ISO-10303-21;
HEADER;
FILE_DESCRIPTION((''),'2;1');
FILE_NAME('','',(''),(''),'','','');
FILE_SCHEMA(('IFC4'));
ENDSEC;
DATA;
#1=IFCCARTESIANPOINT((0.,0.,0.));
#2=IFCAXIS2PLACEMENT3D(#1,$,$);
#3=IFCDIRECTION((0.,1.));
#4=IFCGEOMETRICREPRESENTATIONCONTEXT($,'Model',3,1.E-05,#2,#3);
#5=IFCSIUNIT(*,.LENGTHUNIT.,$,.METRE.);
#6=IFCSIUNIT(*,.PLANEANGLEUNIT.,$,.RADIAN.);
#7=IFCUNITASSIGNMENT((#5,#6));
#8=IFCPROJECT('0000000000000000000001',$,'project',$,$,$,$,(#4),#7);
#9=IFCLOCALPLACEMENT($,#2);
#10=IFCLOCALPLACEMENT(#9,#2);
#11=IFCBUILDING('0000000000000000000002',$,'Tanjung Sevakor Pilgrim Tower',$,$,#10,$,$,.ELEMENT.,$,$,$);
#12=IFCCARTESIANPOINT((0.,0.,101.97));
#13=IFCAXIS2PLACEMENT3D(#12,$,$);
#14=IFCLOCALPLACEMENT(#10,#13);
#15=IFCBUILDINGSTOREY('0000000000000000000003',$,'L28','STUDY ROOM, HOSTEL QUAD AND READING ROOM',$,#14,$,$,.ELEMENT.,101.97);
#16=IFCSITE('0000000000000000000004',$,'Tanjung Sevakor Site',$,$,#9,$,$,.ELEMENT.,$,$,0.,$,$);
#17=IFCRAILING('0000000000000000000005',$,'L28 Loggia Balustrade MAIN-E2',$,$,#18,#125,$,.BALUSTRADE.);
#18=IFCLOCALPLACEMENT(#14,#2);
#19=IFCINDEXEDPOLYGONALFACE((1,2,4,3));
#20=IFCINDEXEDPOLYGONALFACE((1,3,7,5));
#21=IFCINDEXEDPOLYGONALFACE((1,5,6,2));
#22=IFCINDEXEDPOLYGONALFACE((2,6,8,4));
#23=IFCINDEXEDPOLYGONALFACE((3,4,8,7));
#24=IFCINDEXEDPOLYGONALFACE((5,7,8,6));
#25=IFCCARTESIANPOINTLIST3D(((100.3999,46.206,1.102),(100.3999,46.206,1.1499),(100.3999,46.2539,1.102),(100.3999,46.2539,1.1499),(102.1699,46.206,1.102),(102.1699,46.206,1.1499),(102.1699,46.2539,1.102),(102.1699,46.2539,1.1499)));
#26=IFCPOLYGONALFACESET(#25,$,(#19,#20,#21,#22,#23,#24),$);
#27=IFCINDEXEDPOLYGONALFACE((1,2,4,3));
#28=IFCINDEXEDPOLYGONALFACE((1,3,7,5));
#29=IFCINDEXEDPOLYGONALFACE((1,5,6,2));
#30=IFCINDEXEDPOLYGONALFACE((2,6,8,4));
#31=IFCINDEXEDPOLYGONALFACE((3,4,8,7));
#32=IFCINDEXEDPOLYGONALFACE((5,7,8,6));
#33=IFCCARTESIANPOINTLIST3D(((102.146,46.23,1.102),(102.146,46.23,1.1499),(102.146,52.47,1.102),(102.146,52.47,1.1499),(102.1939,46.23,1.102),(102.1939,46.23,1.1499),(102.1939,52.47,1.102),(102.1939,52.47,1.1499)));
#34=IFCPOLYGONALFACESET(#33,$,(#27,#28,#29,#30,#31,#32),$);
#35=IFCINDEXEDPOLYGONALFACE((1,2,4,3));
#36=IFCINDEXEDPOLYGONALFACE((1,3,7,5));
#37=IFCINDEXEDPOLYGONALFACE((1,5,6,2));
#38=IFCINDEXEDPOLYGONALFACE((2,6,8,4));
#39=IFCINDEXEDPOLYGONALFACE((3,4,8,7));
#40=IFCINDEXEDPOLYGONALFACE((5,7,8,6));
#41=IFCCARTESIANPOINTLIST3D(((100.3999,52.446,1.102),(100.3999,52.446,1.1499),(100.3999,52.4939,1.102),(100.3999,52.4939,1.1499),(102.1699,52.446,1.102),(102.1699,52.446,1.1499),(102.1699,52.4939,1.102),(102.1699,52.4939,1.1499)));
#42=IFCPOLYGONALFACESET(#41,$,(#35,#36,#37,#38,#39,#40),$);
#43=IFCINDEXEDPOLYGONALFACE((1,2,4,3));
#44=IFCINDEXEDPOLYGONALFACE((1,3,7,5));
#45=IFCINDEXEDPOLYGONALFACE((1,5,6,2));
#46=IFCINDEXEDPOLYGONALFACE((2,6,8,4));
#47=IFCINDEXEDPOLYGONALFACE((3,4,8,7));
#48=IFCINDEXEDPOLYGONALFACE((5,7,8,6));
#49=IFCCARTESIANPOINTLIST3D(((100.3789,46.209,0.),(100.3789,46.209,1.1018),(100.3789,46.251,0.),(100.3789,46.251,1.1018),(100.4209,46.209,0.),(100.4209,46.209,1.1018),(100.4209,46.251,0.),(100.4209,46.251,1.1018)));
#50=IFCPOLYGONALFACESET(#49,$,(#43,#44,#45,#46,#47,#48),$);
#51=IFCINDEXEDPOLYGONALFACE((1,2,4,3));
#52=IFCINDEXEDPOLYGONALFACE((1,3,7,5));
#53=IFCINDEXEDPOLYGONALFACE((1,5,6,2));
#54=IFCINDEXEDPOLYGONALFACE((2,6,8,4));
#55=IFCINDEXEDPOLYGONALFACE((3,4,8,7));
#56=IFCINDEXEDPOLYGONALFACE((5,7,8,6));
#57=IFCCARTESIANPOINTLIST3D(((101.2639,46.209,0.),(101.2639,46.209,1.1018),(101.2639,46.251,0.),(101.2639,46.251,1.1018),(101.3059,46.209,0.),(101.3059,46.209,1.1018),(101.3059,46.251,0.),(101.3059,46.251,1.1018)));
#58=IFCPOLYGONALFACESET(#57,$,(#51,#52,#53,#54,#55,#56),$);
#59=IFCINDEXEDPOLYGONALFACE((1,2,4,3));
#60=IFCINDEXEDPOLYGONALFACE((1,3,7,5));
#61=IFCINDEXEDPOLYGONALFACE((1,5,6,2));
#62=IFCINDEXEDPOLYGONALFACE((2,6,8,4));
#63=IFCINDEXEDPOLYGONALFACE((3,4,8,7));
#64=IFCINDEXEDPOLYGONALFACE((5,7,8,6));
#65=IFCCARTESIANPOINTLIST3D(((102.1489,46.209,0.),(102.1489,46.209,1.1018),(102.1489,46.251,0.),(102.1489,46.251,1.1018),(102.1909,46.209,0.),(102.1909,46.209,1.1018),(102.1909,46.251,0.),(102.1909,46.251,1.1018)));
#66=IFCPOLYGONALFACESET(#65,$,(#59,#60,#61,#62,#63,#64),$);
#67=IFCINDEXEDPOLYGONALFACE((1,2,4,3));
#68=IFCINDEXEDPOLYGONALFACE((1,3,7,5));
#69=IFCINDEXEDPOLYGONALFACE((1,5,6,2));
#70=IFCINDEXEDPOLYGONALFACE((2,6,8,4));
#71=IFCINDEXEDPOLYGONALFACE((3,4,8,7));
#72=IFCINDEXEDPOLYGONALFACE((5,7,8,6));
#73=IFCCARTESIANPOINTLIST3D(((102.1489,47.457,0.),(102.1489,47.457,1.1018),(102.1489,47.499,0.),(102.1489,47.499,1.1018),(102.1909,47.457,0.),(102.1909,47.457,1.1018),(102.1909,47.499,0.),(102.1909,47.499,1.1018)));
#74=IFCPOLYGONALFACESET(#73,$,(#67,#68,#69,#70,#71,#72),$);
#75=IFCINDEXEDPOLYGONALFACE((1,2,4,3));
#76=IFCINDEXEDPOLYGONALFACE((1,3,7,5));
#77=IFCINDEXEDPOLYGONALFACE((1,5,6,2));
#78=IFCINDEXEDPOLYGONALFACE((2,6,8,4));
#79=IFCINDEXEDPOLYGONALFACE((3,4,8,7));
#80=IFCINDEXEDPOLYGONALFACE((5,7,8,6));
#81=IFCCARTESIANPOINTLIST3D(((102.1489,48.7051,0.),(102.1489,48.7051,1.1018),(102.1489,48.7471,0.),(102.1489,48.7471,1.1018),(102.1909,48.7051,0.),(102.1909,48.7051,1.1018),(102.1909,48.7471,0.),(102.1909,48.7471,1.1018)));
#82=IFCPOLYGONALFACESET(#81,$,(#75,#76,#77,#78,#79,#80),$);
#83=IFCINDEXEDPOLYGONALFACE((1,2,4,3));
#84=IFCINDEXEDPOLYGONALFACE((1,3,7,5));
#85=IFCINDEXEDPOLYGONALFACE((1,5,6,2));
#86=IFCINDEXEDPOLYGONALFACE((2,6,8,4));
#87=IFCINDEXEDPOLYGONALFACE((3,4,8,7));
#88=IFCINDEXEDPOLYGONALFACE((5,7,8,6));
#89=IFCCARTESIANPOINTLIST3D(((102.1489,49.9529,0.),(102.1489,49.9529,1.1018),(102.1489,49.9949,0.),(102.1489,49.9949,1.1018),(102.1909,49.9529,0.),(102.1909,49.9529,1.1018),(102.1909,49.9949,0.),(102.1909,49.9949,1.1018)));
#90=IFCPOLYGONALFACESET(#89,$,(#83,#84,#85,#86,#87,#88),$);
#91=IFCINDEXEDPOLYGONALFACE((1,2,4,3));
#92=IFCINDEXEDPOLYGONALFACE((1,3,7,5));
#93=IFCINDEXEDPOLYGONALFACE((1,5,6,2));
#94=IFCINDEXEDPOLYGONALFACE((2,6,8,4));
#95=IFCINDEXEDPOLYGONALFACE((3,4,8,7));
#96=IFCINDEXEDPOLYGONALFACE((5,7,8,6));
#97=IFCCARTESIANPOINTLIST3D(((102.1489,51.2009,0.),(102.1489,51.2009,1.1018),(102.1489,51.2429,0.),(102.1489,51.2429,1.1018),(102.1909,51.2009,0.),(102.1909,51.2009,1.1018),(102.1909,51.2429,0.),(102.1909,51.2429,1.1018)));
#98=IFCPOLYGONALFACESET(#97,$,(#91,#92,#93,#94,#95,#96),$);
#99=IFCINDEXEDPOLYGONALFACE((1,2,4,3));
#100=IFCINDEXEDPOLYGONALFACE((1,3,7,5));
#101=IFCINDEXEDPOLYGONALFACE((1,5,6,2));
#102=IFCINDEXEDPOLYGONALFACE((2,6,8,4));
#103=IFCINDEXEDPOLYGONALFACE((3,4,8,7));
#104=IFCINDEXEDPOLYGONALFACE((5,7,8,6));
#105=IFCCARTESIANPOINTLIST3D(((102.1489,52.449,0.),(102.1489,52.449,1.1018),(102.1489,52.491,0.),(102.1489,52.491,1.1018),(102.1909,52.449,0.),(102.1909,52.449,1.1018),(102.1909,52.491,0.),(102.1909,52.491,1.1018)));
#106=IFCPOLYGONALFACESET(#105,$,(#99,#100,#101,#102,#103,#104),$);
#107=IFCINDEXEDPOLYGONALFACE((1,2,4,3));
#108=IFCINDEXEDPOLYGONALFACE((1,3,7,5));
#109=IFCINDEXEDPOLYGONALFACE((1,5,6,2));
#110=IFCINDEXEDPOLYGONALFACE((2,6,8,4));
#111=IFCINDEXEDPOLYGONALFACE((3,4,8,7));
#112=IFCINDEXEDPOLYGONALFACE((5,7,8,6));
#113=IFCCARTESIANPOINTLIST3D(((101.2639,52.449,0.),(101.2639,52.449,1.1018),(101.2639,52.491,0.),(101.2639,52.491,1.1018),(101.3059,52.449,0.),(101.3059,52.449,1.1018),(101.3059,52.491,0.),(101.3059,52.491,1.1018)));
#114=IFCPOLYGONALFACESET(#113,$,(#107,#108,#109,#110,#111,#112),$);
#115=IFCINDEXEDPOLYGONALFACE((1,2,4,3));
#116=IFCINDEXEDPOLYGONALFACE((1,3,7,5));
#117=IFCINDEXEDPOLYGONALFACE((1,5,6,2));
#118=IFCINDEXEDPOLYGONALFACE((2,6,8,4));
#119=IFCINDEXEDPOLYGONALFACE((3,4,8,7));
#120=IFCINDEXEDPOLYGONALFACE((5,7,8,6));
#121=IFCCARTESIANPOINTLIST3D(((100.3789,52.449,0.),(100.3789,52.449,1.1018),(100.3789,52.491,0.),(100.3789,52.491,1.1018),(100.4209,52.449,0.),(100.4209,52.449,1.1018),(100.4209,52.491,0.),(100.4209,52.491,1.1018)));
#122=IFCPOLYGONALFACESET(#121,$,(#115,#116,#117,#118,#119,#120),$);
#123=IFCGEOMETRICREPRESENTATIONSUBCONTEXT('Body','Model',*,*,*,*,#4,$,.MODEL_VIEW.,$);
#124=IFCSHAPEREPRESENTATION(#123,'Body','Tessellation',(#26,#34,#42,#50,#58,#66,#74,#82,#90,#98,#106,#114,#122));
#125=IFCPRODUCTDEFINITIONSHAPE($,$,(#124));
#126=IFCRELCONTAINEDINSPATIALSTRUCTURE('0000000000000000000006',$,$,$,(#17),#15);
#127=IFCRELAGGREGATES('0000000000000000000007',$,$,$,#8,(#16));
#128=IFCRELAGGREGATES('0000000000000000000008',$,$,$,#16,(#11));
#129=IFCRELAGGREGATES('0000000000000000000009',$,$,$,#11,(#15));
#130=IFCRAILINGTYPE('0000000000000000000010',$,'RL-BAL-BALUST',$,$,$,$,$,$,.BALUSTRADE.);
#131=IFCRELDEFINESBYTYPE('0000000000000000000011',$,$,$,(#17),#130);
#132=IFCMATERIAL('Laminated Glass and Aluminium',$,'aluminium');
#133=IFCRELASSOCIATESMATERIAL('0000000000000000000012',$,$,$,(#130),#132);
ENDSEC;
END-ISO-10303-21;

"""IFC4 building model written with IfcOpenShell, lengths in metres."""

from ifc_helpers import new_model, si_unit, direction, frame, origin, place, context, subcontext, project, spatial, rectangle, extrude, material, type_object, element, save


model = new_model("IFC4")

# Units and contexts
model_context = context("Model", 3, precision=1e-05, world=origin(), true_north=direction((0.0, 1.0)))
body_context = subcontext(model_context, "Body", "Model", "MODEL_VIEW")
ifc_project = project(units=[si_unit("LENGTHUNIT", "METRE"), si_unit("PLANEANGLEUNIT", "RADIAN")], contexts=[model_context])

# Site, building, storey
site_placement = place(None, origin())
site = spatial("IfcSite", under=ifc_project, at=site_placement, Name="Tanjung Sevakor Site", CompositionType="ELEMENT", RefElevation=0.0)
building_placement = place(site_placement, origin())
building = spatial("IfcBuilding", under=site, at=building_placement, Name="Tanjung Sevakor Pilgrim Tower", CompositionType="ELEMENT")
storey_placement = place(building_placement, frame((0.0, 0.0, 101.97)))
storey = spatial("IfcBuildingStorey", under=building, at=storey_placement, Name="L28", Description="STUDY ROOM, HOSTEL QUAD AND READING ROOM", CompositionType="ELEMENT", Elevation=101.97)

# Railing
ifc_material_1 = material(Name="Laminated Glass and Aluminium", Category="aluminium")
railing_type = type_object("IfcRailingType", Name="RL-BAL-BALUST", PredefinedType="BALUSTRADE", material=ifc_material_1)
railing_placement = place(storey_placement, frame((100.3999, 46.23, 0.0)))
element("IfcRailing", 1, at=railing_placement, inside=storey, type_object=railing_type, Name="L28 Loggia Balustrade MAIN-E2", PredefinedType="BALUSTRADE", context=body_context, shape_type="SweptSolid", body=[
    extrude(rectangle(XDim=0.0479, YDim=0.0479), frame((0.0, 0.0, 1.126), z_axis=(1.0, 0.0, 0.0), x_axis=(0.0, 1.0, 0.0)), (0.0, 0.0, 1.0), 1.77),
    extrude(rectangle(XDim=0.0479, YDim=0.0479), frame((1.77, 0.0, 1.126), z_axis=(0.0, 1.0, 0.0), x_axis=(-1.0, 0.0, 0.0)), (0.0, 0.0, 1.0), 6.24),
    extrude(rectangle(XDim=0.0479, YDim=0.0479), frame((1.77, 6.24, 1.126), z_axis=(-1.0, 0.0, 0.0), x_axis=(0.0, -1.0, 0.0)), (0.0, 0.0, 1.0), 1.77),
    extrude(rectangle(XDim=0.042, YDim=0.042), origin(), (0.0, 0.0, 1.0), 1.1018),
    extrude(rectangle(XDim=0.042, YDim=0.042), frame((0.885, 0.0, 0.0)), (0.0, 0.0, 1.0), 1.1018),
    extrude(rectangle(XDim=0.042, YDim=0.042), frame((1.77, 0.0, 0.0)), (0.0, 0.0, 1.0), 1.1018),
    extrude(rectangle(XDim=0.042, YDim=0.042), frame((1.77, 1.248, 0.0)), (0.0, 0.0, 1.0), 1.1018),
    extrude(rectangle(XDim=0.042, YDim=0.042), frame((1.77, 2.4961, 0.0)), (0.0, 0.0, 1.0), 1.1018),
    extrude(rectangle(XDim=0.042, YDim=0.042), frame((1.77, 3.7439, 0.0)), (0.0, 0.0, 1.0), 1.1018),
    extrude(rectangle(XDim=0.042, YDim=0.042), frame((1.77, 4.9919, 0.0)), (0.0, 0.0, 1.0), 1.1018),
    extrude(rectangle(XDim=0.042, YDim=0.042), frame((1.77, 6.24, 0.0)), (0.0, 0.0, 1.0), 1.1018),
    extrude(rectangle(XDim=0.042, YDim=0.042), frame((0.885, 6.24, 0.0)), (0.0, 0.0, 1.0), 1.1018),
    extrude(rectangle(XDim=0.042, YDim=0.042), frame((0.0, 6.24, 0.0)), (0.0, 0.0, 1.0), 1.1018),
])

save(model, "model.ifc")
